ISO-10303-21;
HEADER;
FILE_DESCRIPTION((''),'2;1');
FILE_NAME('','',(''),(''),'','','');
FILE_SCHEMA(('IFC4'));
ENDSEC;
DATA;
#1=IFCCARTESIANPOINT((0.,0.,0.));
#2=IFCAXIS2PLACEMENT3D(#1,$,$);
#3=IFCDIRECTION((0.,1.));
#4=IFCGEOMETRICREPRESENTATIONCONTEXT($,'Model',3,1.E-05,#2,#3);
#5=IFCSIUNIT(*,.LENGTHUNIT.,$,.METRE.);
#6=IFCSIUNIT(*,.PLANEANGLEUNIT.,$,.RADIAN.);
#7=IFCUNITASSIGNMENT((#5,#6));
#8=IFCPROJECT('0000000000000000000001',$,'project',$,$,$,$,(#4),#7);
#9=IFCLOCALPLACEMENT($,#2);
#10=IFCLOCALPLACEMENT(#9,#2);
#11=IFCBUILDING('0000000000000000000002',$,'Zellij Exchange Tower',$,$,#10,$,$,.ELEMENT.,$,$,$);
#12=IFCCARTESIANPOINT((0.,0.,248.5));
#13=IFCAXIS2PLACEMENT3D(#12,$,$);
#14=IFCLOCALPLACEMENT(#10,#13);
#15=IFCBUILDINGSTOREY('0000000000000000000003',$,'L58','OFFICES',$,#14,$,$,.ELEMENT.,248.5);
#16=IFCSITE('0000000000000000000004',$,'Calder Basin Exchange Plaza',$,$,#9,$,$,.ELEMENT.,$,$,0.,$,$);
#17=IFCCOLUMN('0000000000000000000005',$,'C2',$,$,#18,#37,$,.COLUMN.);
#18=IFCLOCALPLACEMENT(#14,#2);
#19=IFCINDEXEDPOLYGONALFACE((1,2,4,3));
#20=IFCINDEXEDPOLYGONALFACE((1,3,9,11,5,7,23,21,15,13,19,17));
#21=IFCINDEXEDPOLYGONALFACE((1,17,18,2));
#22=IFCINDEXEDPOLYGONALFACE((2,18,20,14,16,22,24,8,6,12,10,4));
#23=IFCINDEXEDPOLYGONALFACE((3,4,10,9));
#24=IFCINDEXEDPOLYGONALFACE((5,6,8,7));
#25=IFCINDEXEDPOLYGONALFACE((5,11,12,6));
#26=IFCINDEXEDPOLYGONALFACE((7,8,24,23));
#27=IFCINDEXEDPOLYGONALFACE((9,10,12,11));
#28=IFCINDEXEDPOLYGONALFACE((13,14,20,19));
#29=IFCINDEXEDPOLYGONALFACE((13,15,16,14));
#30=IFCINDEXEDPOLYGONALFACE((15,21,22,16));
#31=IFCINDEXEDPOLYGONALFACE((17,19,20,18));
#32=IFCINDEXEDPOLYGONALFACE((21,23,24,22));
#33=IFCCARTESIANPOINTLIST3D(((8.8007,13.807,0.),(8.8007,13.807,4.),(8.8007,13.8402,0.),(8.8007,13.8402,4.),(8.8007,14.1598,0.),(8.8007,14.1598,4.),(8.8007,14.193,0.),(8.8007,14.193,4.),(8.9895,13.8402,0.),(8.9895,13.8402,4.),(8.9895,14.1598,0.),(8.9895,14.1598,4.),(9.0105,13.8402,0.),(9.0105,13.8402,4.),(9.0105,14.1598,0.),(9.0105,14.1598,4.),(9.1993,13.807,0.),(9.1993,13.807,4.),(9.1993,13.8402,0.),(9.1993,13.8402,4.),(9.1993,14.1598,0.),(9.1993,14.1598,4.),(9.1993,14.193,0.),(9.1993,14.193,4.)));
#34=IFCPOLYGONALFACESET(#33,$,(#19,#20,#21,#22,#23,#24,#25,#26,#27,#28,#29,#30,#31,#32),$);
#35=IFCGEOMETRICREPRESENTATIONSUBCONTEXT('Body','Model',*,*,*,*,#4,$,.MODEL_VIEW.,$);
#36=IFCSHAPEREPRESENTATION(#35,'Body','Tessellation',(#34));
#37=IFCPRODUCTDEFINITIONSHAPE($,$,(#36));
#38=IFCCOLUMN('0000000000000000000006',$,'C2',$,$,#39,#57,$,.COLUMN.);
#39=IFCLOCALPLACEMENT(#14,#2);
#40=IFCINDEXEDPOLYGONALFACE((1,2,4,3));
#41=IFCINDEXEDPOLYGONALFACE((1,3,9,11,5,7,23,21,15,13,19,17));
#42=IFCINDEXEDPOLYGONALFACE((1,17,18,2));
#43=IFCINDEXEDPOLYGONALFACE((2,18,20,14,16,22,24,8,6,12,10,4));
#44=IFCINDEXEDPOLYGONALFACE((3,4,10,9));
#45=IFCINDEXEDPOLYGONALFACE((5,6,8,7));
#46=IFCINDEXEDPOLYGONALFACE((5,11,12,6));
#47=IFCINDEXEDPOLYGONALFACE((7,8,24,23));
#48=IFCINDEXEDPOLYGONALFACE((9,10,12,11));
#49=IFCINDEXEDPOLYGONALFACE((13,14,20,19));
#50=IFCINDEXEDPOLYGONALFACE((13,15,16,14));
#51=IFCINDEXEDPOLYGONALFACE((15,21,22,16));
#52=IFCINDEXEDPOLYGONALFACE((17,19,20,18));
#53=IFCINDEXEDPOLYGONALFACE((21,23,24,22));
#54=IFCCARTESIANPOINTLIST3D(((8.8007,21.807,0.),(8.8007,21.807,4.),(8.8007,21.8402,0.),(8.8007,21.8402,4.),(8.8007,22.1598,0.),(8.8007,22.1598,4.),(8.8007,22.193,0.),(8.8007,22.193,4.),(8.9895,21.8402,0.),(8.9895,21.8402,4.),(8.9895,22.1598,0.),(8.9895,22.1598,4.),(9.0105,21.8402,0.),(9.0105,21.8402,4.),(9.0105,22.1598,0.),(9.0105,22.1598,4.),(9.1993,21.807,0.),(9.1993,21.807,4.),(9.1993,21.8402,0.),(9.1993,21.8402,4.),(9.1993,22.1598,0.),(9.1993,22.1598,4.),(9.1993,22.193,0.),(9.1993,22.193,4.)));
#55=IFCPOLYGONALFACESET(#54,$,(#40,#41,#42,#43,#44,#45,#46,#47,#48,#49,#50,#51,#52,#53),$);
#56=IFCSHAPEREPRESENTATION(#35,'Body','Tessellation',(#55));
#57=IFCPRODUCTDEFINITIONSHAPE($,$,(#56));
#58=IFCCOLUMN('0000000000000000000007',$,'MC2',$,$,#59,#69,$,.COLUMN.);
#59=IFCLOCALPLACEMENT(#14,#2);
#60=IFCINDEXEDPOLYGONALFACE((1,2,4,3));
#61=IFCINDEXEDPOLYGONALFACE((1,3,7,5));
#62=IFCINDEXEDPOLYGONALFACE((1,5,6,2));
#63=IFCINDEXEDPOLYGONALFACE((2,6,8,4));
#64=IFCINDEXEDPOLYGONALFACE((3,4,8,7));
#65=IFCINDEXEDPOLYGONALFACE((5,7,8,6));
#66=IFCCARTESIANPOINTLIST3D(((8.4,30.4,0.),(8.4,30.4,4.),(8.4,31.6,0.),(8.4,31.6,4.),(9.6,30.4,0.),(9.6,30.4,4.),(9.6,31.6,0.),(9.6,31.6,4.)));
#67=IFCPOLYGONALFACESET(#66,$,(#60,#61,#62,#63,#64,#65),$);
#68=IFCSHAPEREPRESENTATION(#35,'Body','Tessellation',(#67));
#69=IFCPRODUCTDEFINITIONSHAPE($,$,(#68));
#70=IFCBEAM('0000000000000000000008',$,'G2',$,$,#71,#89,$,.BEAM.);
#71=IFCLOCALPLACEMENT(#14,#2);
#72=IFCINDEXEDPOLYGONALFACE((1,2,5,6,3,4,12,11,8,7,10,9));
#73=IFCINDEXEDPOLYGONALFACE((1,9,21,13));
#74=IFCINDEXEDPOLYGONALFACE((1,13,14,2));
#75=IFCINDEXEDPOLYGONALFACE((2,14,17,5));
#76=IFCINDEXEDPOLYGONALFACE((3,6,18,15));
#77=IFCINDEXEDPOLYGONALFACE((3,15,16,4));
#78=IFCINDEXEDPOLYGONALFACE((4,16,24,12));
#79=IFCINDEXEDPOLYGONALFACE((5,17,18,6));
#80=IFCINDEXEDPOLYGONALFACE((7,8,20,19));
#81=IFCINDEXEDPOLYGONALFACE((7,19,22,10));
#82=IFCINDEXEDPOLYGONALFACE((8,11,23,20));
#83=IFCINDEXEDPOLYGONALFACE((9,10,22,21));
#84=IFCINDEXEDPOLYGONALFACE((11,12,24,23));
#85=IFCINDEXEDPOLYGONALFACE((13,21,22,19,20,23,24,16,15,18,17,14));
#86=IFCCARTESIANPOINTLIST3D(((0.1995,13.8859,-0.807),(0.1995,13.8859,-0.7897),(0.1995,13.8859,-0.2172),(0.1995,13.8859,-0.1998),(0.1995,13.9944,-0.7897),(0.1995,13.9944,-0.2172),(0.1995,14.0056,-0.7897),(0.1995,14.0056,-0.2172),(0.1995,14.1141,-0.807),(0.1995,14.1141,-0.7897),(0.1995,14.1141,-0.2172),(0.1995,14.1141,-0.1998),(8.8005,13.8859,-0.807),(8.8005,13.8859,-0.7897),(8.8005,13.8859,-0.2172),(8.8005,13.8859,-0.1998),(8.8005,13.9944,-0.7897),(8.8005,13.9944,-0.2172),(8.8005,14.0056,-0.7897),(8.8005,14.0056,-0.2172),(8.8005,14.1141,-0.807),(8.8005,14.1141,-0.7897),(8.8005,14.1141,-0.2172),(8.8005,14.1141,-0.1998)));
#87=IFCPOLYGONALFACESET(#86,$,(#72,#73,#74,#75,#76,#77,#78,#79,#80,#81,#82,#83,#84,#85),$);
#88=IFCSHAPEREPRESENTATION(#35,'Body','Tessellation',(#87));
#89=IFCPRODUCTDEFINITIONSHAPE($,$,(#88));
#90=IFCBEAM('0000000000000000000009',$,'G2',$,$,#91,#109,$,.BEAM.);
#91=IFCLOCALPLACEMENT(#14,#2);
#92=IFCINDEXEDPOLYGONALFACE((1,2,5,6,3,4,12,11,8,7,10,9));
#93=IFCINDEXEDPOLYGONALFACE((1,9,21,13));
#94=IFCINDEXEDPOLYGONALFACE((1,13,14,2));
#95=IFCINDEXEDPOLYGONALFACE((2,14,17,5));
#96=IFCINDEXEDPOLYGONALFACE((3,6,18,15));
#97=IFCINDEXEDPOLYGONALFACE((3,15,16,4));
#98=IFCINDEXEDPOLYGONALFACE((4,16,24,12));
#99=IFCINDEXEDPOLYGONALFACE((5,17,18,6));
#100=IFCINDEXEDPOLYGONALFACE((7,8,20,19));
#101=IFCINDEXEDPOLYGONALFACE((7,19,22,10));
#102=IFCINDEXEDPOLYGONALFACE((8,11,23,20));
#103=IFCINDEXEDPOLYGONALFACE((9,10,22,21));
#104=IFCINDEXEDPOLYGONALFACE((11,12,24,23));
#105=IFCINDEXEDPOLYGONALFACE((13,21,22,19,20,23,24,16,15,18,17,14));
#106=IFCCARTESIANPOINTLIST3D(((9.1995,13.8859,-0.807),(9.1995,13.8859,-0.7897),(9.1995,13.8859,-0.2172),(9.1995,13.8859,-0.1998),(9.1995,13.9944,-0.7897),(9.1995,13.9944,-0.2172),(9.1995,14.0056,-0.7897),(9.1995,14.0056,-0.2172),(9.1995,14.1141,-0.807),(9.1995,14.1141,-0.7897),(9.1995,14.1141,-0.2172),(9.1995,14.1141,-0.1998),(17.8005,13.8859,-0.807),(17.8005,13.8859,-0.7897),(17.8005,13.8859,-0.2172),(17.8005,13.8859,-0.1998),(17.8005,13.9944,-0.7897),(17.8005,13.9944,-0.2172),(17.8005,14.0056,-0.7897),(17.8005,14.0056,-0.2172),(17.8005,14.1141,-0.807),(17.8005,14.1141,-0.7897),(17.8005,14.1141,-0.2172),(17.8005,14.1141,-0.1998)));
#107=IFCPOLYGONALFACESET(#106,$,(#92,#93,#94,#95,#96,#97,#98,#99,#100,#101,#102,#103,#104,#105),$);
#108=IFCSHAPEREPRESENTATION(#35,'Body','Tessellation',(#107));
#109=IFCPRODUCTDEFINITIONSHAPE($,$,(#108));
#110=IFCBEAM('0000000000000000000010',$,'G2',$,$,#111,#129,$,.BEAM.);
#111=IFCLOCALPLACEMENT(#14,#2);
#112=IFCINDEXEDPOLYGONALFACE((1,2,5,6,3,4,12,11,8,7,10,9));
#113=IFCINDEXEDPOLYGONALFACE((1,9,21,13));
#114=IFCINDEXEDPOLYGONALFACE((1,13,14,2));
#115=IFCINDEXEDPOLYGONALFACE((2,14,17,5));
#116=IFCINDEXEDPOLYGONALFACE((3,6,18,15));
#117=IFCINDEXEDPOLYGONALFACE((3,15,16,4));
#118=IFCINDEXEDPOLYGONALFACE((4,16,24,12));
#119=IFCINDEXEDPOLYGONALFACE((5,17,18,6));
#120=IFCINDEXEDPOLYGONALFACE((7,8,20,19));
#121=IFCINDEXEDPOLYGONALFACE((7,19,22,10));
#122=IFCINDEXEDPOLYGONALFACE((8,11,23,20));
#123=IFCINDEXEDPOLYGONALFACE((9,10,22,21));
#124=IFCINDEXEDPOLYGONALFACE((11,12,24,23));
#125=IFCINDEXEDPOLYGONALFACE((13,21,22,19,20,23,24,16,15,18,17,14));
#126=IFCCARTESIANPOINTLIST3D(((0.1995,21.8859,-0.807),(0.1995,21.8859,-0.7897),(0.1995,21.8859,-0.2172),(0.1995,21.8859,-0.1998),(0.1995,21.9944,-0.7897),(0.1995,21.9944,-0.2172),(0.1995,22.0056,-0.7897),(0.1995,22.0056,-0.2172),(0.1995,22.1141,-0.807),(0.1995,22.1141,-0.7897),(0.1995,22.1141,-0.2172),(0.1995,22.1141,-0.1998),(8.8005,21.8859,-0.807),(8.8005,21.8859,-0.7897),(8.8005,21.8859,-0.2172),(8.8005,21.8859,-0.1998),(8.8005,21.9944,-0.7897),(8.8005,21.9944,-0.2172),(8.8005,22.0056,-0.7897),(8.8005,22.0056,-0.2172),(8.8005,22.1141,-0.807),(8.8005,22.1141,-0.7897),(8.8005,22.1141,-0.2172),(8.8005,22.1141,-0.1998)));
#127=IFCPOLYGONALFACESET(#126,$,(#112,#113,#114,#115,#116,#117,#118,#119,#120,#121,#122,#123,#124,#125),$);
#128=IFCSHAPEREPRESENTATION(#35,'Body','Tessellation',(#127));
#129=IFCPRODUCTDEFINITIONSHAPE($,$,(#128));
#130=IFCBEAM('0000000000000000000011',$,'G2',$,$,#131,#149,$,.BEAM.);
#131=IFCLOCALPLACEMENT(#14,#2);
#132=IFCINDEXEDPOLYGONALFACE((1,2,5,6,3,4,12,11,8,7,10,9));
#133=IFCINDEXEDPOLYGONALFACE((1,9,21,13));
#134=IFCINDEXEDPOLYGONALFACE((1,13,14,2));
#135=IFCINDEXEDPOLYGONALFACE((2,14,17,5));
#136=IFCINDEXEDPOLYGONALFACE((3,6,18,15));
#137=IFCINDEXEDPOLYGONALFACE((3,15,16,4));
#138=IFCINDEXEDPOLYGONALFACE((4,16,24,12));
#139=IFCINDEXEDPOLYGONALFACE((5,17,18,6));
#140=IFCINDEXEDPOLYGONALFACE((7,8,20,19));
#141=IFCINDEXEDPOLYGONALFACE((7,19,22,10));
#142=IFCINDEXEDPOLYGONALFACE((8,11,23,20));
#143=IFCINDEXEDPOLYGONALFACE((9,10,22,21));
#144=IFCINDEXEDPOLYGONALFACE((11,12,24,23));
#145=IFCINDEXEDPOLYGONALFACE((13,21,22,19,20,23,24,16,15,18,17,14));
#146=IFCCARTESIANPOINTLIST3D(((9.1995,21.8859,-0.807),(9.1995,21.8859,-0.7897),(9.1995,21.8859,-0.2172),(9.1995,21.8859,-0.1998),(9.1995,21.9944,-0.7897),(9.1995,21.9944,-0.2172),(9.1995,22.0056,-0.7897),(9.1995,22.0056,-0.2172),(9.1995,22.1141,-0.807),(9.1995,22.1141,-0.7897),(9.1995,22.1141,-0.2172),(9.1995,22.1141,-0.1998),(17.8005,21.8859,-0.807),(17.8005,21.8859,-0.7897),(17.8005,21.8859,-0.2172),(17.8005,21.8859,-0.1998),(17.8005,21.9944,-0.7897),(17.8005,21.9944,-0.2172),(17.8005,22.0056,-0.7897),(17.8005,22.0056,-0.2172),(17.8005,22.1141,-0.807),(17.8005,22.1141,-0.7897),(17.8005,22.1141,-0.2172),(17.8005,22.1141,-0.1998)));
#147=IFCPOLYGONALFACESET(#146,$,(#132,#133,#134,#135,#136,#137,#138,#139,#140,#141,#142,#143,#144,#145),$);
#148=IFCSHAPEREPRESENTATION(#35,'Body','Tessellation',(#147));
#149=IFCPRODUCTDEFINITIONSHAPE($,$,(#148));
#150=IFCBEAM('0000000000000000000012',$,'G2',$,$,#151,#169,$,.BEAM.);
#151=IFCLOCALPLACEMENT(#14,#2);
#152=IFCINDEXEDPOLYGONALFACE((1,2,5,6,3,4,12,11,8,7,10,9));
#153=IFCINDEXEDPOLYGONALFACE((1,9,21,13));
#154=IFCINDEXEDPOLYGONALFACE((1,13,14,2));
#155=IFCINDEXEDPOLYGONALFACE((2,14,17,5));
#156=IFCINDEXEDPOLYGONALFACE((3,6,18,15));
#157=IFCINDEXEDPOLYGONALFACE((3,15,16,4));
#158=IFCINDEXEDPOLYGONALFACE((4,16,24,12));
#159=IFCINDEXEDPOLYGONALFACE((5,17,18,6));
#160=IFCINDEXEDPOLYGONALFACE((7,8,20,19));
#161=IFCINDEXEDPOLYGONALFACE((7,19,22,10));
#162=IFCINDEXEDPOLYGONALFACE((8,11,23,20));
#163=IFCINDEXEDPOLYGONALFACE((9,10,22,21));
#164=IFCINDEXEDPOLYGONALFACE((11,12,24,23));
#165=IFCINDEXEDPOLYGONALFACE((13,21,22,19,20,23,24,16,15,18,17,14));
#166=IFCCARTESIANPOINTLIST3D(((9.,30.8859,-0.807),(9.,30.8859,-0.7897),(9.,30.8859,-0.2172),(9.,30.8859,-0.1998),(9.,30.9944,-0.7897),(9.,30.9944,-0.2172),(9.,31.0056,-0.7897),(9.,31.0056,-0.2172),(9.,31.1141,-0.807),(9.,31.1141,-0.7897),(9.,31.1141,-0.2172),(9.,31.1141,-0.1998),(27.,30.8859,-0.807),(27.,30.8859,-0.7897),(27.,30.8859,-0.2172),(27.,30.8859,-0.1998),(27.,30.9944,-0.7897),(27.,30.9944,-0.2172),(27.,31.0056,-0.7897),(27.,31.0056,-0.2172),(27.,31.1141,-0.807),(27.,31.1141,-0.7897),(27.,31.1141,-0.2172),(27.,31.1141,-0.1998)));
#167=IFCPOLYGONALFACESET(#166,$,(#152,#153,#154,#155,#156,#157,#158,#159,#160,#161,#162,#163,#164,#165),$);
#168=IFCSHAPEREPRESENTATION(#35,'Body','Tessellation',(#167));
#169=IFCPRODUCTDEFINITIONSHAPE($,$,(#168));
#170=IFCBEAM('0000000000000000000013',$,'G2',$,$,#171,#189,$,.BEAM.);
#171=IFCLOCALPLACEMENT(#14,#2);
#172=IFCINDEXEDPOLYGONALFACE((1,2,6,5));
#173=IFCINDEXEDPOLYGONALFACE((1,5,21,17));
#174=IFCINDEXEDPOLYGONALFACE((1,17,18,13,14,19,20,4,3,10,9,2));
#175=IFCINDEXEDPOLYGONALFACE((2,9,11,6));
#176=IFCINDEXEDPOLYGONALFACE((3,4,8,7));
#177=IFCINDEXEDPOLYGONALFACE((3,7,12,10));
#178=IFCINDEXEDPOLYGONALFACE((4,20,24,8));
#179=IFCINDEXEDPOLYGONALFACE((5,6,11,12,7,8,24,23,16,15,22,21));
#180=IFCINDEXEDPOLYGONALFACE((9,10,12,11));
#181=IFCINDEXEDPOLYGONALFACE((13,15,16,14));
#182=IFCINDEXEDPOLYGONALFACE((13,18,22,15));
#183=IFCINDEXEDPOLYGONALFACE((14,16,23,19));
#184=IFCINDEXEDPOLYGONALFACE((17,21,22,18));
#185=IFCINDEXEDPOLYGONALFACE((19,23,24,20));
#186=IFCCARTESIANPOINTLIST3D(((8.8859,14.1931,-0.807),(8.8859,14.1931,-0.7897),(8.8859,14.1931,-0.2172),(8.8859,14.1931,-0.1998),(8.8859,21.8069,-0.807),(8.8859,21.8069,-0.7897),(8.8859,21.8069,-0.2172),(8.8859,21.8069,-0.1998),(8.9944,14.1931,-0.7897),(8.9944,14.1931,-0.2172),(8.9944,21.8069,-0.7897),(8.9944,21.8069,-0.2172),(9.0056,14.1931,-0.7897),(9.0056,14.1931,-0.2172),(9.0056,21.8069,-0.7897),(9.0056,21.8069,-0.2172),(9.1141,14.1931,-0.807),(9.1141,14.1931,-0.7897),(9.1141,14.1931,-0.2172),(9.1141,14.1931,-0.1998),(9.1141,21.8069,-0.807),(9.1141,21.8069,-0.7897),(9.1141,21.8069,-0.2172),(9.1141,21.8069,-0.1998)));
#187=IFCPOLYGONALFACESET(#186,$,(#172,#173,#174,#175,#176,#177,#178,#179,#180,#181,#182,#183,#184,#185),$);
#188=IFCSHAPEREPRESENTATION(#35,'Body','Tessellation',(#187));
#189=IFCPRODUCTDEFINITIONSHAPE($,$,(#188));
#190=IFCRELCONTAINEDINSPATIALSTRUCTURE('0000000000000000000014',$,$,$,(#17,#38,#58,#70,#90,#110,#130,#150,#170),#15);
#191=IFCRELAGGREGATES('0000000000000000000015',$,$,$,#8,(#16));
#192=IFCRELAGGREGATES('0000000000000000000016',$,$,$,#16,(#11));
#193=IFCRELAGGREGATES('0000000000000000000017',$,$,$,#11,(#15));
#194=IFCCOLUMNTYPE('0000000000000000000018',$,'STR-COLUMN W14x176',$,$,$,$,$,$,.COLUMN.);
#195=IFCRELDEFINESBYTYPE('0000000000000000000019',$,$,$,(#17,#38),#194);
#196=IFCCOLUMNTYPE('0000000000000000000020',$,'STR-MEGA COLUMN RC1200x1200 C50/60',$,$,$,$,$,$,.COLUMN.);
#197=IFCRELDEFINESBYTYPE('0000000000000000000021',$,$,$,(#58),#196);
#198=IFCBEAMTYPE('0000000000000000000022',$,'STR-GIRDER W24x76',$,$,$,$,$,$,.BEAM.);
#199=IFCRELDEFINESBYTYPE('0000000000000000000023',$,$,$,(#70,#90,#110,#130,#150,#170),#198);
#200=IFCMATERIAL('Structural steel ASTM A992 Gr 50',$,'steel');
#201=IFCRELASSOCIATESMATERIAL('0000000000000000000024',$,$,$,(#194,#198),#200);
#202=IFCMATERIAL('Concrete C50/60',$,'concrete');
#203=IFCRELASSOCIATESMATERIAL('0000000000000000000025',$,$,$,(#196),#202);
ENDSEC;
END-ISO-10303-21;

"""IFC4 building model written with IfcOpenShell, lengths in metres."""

from ifc_helpers import new_model, si_unit, direction, frame, origin, origin_2d, place, context, subcontext, project, spatial, rectangle, i_section, extrude, material, material_profile, profile_set, type_object, element, save


model = new_model("IFC4")

# Units and contexts
model_context = context("Model", 3, precision=1e-05, world=origin(), true_north=direction((0.0, 1.0)))
body_context = subcontext(model_context, "Body", "Model", "MODEL_VIEW")
ifc_project = project(units=[si_unit("LENGTHUNIT", "METRE"), si_unit("PLANEANGLEUNIT", "RADIAN")], contexts=[model_context])

# Site, building, storey
site_placement = place(None, origin())
site = spatial("IfcSite", under=ifc_project, at=site_placement, Name="Calder Basin Exchange Plaza", CompositionType="ELEMENT", RefElevation=0.0)
building_placement = place(site_placement, origin())
building = spatial("IfcBuilding", under=site, at=building_placement, Name="Zellij Exchange Tower", CompositionType="ELEMENT")
storey_placement = place(building_placement, frame((0.0, 0.0, 248.5)))
storey = spatial("IfcBuildingStorey", under=building, at=storey_placement, Name="L58", Description="OFFICES", CompositionType="ELEMENT", Elevation=248.5)

# Columns
ifc_material_1 = material(Name="Structural steel ASTM A992 Gr 50", Category="steel")
ifc_material_profile_1 = material_profile(ifc_material_1, i_section(OverallWidth=0.3987, OverallDepth=0.386, WebThickness=0.021, FlangeThickness=0.0332, at=origin_2d()), Name="W14x176")
ifc_profile_set_1 = profile_set([ifc_material_profile_1], Name="Structural steel ASTM A992 Gr 50")
column_type_1 = type_object("IfcColumnType", Name="STR-COLUMN W14x176", PredefinedType="COLUMN", material=ifc_profile_set_1)
for number, where, z_axis, x_axis, name in (
    (1, (9.0, 14.0, 0.0), (0.0, 0.0, 1.0), (1.0, 0.0, 0.0), "C2"),
    (2, (9.0, 22.0, 0.0), (0.0, 0.0, 1.0), (1.0, 0.0, 0.0), "C2"),
):
    element("IfcColumn", number, at=place(storey_placement, frame(where, z_axis=z_axis, x_axis=x_axis)), inside=storey, type_object=column_type_1, Name=name, PredefinedType="COLUMN", context=body_context, shape_type="SweptSolid", body=[
        extrude(i_section(OverallWidth=0.3987, OverallDepth=0.386, WebThickness=0.021, FlangeThickness=0.0332, at=origin_2d()), origin(), (0.0, 0.0, 1.0), 4.0),
    ])
ifc_material_2 = material(Name="Concrete C50/60", Category="concrete")
ifc_material_profile_2 = material_profile(ifc_material_2, rectangle(XDim=1.2, YDim=1.2, at=origin_2d()), Name="STR-MEGA COLUMN RC1200x1200 C50/60")
ifc_profile_set_2 = profile_set([ifc_material_profile_2], Name="Concrete C50/60")
column_type_2 = type_object("IfcColumnType", Name="STR-MEGA COLUMN RC1200x1200 C50/60", PredefinedType="COLUMN", material=ifc_profile_set_2)
column_placement = place(storey_placement, frame((9.0, 31.0, 0.0), z_axis=(0.0, 0.0, 1.0), x_axis=(1.0, 0.0, 0.0)))
element("IfcColumn", 3, at=column_placement, inside=storey, type_object=column_type_2, Name="MC2", PredefinedType="COLUMN", context=body_context, shape_type="SweptSolid", body=[
    extrude(rectangle(XDim=1.2, YDim=1.2, at=origin_2d()), origin(), (0.0, 0.0, 1.0), 4.0),
])

# Beams
ifc_material_profile_3 = material_profile(ifc_material_1, i_section(OverallWidth=0.2283, OverallDepth=0.6072, WebThickness=0.0112, FlangeThickness=0.0173, at=origin_2d()), Name="W24x76")
ifc_profile_set_3 = profile_set([ifc_material_profile_3], Name="Structural steel ASTM A992 Gr 50")
beam_type = type_object("IfcBeamType", Name="STR-GIRDER W24x76", PredefinedType="BEAM", material=ifc_profile_set_3)
for number, where, z_axis, x_axis, name in (
    (4, (0.1995, 14.0, -0.5034), (1.0, 0.0, 0.0), (0.0, 1.0, 0.0), "G2"),
    (5, (9.1995, 14.0, -0.5034), (1.0, 0.0, 0.0), (0.0, 1.0, 0.0), "G2"),
    (6, (0.1995, 22.0, -0.5034), (1.0, 0.0, 0.0), (0.0, 1.0, 0.0), "G2"),
    (7, (9.1995, 22.0, -0.5034), (1.0, 0.0, 0.0), (0.0, 1.0, 0.0), "G2"),
):
    element("IfcBeam", number, at=place(storey_placement, frame(where, z_axis=z_axis, x_axis=x_axis)), inside=storey, type_object=beam_type, Name=name, PredefinedType="BEAM", context=body_context, shape_type="SweptSolid", body=[
        extrude(i_section(OverallWidth=0.2283, OverallDepth=0.6072, WebThickness=0.0112, FlangeThickness=0.0173, at=origin_2d()), origin(), (0.0, 0.0, 1.0), 8.6011),
    ])
beam_1_placement = place(storey_placement, frame((9.0, 31.0, -0.5034), z_axis=(1.0, 0.0, 0.0), x_axis=(0.0, 1.0, 0.0)))
element("IfcBeam", 8, at=beam_1_placement, inside=storey, type_object=beam_type, Name="G2", PredefinedType="BEAM", context=body_context, shape_type="SweptSolid", body=[
    extrude(i_section(OverallWidth=0.2283, OverallDepth=0.6072, WebThickness=0.0112, FlangeThickness=0.0173, at=origin_2d()), origin(), (0.0, 0.0, 1.0), 18.0),
])
beam_2_placement = place(storey_placement, frame((9.0, 14.1931, -0.5034), z_axis=(0.0, 1.0, 0.0), x_axis=(-1.0, 0.0, 0.0)))
element("IfcBeam", 9, at=beam_2_placement, inside=storey, type_object=beam_type, Name="G2", PredefinedType="BEAM", context=body_context, shape_type="SweptSolid", body=[
    extrude(i_section(OverallWidth=0.2283, OverallDepth=0.6072, WebThickness=0.0112, FlangeThickness=0.0173, at=origin_2d()), origin(), (0.0, 0.0, 1.0), 7.6138),
])

save(model, "model.ifc")
